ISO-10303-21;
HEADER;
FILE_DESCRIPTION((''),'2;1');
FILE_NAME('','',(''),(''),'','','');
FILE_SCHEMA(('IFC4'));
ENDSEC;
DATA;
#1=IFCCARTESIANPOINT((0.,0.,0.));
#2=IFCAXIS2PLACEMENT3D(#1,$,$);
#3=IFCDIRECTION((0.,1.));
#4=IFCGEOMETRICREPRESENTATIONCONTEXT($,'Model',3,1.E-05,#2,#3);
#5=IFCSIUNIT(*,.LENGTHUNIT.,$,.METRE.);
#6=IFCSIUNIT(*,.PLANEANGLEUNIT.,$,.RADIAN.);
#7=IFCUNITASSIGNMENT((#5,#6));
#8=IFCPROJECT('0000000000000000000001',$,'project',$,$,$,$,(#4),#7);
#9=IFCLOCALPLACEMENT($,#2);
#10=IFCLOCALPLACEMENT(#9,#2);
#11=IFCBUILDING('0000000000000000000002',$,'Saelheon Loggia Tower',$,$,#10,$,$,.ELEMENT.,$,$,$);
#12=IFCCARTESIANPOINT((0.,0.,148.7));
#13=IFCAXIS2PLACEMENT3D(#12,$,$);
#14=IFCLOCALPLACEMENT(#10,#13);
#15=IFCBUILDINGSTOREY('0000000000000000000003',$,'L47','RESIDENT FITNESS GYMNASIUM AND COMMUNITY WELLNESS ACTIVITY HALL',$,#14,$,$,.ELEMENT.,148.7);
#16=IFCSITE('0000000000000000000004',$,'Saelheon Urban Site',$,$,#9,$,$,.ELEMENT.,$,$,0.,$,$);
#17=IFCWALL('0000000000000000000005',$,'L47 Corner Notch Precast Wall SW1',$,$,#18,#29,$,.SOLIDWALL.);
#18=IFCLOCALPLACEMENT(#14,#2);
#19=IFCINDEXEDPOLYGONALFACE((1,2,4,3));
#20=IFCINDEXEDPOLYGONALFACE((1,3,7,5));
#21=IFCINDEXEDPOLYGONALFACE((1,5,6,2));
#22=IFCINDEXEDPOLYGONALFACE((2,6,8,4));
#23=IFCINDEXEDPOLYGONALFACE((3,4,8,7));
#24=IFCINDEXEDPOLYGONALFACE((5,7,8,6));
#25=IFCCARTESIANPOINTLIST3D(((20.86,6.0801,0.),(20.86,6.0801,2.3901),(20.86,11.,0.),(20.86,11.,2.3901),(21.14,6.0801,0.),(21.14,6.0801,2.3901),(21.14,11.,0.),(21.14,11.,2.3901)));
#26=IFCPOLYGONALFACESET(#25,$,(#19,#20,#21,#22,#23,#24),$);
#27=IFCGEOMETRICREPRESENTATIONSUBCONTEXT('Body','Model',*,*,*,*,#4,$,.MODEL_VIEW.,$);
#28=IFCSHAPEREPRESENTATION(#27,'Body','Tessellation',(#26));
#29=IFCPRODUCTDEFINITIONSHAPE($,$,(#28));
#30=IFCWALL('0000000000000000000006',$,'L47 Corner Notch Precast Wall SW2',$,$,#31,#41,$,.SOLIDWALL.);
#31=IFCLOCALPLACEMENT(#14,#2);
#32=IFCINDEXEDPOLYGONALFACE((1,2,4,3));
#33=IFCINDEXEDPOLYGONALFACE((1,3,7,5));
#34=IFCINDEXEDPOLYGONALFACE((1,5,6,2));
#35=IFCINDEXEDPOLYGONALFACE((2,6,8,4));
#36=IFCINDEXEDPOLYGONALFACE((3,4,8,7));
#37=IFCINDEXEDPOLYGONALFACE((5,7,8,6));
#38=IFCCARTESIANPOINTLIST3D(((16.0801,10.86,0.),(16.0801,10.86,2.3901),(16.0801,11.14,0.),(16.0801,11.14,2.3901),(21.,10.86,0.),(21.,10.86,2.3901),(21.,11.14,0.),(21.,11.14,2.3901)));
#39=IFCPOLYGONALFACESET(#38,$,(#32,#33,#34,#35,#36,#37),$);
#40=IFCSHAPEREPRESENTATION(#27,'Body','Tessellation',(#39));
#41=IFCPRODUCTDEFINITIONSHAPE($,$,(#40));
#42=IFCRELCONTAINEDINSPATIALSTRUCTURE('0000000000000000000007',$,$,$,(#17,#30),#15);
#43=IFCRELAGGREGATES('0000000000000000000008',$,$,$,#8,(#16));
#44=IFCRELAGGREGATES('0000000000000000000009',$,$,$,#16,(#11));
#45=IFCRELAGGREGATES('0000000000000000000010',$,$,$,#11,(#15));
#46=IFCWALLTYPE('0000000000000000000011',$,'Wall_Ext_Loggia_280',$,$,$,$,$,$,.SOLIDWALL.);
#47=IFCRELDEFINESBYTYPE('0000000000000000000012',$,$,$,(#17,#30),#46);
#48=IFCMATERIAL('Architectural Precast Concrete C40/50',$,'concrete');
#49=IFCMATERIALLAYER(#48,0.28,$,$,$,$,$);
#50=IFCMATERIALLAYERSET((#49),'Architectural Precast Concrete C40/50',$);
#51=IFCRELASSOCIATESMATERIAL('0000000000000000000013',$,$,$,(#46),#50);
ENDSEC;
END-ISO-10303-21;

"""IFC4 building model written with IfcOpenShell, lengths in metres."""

from ifc_helpers import new_model, si_unit, direction, frame, frame_2d, origin, place, context, subcontext, project, spatial, rectangle, extrude, material, layer, layer_set, type_object, element, save


model = new_model("IFC4")

# Units and contexts
model_context = context("Model", 3, precision=1e-05, world=origin(), true_north=direction((0.0, 1.0)))
body_context = subcontext(model_context, "Body", "Model", "MODEL_VIEW")
ifc_project = project(units=[si_unit("LENGTHUNIT", "METRE"), si_unit("PLANEANGLEUNIT", "RADIAN")], contexts=[model_context])

# Site, building, storey
site_placement = place(None, origin())
site = spatial("IfcSite", under=ifc_project, at=site_placement, Name="Saelheon Urban Site", CompositionType="ELEMENT", RefElevation=0.0)
building_placement = place(site_placement, origin())
building = spatial("IfcBuilding", under=site, at=building_placement, Name="Saelheon Loggia Tower", CompositionType="ELEMENT")
storey_placement = place(building_placement, frame((0.0, 0.0, 148.7)))
storey = spatial("IfcBuildingStorey", under=building, at=storey_placement, Name="L47", Description="RESIDENT FITNESS GYMNASIUM AND COMMUNITY WELLNESS ACTIVITY HALL", CompositionType="ELEMENT", Elevation=148.7)

# Shared definitions
ifc_material_1 = material(Name="Architectural Precast Concrete C40/50", Category="concrete")
ifc_layer = layer(ifc_material_1, 0.28)
ifc_layer_set = layer_set([ifc_layer], Name="Architectural Precast Concrete C40/50")
wall_type = type_object("IfcWallType", Name="Wall_Ext_Loggia_280", PredefinedType="SOLIDWALL", material=ifc_layer_set)

# Walls
for number, where, z_axis, x_axis, name in (
    (1, (21.0, 6.0801, 0.0), (0.0, 0.0, 1.0), (0.0, 1.0, 0.0), "L47 Corner Notch Precast Wall SW1"),
    (2, (16.0801, 11.0, 0.0), (0.0, 0.0, 1.0), (1.0, 0.0, 0.0), "L47 Corner Notch Precast Wall SW2"),
):
    element("IfcWall", number, at=place(storey_placement, frame(where, z_axis=z_axis, x_axis=x_axis)), inside=storey, type_object=wall_type, Name=name, PredefinedType="SOLIDWALL", context=body_context, shape_type="SweptSolid", body=[
        extrude(rectangle(XDim=4.9199, YDim=0.28, at=frame_2d((2.46, 0.0))), origin(), (0.0, 0.0, 1.0), 2.3901),
    ])

save(model, "model.ifc")
